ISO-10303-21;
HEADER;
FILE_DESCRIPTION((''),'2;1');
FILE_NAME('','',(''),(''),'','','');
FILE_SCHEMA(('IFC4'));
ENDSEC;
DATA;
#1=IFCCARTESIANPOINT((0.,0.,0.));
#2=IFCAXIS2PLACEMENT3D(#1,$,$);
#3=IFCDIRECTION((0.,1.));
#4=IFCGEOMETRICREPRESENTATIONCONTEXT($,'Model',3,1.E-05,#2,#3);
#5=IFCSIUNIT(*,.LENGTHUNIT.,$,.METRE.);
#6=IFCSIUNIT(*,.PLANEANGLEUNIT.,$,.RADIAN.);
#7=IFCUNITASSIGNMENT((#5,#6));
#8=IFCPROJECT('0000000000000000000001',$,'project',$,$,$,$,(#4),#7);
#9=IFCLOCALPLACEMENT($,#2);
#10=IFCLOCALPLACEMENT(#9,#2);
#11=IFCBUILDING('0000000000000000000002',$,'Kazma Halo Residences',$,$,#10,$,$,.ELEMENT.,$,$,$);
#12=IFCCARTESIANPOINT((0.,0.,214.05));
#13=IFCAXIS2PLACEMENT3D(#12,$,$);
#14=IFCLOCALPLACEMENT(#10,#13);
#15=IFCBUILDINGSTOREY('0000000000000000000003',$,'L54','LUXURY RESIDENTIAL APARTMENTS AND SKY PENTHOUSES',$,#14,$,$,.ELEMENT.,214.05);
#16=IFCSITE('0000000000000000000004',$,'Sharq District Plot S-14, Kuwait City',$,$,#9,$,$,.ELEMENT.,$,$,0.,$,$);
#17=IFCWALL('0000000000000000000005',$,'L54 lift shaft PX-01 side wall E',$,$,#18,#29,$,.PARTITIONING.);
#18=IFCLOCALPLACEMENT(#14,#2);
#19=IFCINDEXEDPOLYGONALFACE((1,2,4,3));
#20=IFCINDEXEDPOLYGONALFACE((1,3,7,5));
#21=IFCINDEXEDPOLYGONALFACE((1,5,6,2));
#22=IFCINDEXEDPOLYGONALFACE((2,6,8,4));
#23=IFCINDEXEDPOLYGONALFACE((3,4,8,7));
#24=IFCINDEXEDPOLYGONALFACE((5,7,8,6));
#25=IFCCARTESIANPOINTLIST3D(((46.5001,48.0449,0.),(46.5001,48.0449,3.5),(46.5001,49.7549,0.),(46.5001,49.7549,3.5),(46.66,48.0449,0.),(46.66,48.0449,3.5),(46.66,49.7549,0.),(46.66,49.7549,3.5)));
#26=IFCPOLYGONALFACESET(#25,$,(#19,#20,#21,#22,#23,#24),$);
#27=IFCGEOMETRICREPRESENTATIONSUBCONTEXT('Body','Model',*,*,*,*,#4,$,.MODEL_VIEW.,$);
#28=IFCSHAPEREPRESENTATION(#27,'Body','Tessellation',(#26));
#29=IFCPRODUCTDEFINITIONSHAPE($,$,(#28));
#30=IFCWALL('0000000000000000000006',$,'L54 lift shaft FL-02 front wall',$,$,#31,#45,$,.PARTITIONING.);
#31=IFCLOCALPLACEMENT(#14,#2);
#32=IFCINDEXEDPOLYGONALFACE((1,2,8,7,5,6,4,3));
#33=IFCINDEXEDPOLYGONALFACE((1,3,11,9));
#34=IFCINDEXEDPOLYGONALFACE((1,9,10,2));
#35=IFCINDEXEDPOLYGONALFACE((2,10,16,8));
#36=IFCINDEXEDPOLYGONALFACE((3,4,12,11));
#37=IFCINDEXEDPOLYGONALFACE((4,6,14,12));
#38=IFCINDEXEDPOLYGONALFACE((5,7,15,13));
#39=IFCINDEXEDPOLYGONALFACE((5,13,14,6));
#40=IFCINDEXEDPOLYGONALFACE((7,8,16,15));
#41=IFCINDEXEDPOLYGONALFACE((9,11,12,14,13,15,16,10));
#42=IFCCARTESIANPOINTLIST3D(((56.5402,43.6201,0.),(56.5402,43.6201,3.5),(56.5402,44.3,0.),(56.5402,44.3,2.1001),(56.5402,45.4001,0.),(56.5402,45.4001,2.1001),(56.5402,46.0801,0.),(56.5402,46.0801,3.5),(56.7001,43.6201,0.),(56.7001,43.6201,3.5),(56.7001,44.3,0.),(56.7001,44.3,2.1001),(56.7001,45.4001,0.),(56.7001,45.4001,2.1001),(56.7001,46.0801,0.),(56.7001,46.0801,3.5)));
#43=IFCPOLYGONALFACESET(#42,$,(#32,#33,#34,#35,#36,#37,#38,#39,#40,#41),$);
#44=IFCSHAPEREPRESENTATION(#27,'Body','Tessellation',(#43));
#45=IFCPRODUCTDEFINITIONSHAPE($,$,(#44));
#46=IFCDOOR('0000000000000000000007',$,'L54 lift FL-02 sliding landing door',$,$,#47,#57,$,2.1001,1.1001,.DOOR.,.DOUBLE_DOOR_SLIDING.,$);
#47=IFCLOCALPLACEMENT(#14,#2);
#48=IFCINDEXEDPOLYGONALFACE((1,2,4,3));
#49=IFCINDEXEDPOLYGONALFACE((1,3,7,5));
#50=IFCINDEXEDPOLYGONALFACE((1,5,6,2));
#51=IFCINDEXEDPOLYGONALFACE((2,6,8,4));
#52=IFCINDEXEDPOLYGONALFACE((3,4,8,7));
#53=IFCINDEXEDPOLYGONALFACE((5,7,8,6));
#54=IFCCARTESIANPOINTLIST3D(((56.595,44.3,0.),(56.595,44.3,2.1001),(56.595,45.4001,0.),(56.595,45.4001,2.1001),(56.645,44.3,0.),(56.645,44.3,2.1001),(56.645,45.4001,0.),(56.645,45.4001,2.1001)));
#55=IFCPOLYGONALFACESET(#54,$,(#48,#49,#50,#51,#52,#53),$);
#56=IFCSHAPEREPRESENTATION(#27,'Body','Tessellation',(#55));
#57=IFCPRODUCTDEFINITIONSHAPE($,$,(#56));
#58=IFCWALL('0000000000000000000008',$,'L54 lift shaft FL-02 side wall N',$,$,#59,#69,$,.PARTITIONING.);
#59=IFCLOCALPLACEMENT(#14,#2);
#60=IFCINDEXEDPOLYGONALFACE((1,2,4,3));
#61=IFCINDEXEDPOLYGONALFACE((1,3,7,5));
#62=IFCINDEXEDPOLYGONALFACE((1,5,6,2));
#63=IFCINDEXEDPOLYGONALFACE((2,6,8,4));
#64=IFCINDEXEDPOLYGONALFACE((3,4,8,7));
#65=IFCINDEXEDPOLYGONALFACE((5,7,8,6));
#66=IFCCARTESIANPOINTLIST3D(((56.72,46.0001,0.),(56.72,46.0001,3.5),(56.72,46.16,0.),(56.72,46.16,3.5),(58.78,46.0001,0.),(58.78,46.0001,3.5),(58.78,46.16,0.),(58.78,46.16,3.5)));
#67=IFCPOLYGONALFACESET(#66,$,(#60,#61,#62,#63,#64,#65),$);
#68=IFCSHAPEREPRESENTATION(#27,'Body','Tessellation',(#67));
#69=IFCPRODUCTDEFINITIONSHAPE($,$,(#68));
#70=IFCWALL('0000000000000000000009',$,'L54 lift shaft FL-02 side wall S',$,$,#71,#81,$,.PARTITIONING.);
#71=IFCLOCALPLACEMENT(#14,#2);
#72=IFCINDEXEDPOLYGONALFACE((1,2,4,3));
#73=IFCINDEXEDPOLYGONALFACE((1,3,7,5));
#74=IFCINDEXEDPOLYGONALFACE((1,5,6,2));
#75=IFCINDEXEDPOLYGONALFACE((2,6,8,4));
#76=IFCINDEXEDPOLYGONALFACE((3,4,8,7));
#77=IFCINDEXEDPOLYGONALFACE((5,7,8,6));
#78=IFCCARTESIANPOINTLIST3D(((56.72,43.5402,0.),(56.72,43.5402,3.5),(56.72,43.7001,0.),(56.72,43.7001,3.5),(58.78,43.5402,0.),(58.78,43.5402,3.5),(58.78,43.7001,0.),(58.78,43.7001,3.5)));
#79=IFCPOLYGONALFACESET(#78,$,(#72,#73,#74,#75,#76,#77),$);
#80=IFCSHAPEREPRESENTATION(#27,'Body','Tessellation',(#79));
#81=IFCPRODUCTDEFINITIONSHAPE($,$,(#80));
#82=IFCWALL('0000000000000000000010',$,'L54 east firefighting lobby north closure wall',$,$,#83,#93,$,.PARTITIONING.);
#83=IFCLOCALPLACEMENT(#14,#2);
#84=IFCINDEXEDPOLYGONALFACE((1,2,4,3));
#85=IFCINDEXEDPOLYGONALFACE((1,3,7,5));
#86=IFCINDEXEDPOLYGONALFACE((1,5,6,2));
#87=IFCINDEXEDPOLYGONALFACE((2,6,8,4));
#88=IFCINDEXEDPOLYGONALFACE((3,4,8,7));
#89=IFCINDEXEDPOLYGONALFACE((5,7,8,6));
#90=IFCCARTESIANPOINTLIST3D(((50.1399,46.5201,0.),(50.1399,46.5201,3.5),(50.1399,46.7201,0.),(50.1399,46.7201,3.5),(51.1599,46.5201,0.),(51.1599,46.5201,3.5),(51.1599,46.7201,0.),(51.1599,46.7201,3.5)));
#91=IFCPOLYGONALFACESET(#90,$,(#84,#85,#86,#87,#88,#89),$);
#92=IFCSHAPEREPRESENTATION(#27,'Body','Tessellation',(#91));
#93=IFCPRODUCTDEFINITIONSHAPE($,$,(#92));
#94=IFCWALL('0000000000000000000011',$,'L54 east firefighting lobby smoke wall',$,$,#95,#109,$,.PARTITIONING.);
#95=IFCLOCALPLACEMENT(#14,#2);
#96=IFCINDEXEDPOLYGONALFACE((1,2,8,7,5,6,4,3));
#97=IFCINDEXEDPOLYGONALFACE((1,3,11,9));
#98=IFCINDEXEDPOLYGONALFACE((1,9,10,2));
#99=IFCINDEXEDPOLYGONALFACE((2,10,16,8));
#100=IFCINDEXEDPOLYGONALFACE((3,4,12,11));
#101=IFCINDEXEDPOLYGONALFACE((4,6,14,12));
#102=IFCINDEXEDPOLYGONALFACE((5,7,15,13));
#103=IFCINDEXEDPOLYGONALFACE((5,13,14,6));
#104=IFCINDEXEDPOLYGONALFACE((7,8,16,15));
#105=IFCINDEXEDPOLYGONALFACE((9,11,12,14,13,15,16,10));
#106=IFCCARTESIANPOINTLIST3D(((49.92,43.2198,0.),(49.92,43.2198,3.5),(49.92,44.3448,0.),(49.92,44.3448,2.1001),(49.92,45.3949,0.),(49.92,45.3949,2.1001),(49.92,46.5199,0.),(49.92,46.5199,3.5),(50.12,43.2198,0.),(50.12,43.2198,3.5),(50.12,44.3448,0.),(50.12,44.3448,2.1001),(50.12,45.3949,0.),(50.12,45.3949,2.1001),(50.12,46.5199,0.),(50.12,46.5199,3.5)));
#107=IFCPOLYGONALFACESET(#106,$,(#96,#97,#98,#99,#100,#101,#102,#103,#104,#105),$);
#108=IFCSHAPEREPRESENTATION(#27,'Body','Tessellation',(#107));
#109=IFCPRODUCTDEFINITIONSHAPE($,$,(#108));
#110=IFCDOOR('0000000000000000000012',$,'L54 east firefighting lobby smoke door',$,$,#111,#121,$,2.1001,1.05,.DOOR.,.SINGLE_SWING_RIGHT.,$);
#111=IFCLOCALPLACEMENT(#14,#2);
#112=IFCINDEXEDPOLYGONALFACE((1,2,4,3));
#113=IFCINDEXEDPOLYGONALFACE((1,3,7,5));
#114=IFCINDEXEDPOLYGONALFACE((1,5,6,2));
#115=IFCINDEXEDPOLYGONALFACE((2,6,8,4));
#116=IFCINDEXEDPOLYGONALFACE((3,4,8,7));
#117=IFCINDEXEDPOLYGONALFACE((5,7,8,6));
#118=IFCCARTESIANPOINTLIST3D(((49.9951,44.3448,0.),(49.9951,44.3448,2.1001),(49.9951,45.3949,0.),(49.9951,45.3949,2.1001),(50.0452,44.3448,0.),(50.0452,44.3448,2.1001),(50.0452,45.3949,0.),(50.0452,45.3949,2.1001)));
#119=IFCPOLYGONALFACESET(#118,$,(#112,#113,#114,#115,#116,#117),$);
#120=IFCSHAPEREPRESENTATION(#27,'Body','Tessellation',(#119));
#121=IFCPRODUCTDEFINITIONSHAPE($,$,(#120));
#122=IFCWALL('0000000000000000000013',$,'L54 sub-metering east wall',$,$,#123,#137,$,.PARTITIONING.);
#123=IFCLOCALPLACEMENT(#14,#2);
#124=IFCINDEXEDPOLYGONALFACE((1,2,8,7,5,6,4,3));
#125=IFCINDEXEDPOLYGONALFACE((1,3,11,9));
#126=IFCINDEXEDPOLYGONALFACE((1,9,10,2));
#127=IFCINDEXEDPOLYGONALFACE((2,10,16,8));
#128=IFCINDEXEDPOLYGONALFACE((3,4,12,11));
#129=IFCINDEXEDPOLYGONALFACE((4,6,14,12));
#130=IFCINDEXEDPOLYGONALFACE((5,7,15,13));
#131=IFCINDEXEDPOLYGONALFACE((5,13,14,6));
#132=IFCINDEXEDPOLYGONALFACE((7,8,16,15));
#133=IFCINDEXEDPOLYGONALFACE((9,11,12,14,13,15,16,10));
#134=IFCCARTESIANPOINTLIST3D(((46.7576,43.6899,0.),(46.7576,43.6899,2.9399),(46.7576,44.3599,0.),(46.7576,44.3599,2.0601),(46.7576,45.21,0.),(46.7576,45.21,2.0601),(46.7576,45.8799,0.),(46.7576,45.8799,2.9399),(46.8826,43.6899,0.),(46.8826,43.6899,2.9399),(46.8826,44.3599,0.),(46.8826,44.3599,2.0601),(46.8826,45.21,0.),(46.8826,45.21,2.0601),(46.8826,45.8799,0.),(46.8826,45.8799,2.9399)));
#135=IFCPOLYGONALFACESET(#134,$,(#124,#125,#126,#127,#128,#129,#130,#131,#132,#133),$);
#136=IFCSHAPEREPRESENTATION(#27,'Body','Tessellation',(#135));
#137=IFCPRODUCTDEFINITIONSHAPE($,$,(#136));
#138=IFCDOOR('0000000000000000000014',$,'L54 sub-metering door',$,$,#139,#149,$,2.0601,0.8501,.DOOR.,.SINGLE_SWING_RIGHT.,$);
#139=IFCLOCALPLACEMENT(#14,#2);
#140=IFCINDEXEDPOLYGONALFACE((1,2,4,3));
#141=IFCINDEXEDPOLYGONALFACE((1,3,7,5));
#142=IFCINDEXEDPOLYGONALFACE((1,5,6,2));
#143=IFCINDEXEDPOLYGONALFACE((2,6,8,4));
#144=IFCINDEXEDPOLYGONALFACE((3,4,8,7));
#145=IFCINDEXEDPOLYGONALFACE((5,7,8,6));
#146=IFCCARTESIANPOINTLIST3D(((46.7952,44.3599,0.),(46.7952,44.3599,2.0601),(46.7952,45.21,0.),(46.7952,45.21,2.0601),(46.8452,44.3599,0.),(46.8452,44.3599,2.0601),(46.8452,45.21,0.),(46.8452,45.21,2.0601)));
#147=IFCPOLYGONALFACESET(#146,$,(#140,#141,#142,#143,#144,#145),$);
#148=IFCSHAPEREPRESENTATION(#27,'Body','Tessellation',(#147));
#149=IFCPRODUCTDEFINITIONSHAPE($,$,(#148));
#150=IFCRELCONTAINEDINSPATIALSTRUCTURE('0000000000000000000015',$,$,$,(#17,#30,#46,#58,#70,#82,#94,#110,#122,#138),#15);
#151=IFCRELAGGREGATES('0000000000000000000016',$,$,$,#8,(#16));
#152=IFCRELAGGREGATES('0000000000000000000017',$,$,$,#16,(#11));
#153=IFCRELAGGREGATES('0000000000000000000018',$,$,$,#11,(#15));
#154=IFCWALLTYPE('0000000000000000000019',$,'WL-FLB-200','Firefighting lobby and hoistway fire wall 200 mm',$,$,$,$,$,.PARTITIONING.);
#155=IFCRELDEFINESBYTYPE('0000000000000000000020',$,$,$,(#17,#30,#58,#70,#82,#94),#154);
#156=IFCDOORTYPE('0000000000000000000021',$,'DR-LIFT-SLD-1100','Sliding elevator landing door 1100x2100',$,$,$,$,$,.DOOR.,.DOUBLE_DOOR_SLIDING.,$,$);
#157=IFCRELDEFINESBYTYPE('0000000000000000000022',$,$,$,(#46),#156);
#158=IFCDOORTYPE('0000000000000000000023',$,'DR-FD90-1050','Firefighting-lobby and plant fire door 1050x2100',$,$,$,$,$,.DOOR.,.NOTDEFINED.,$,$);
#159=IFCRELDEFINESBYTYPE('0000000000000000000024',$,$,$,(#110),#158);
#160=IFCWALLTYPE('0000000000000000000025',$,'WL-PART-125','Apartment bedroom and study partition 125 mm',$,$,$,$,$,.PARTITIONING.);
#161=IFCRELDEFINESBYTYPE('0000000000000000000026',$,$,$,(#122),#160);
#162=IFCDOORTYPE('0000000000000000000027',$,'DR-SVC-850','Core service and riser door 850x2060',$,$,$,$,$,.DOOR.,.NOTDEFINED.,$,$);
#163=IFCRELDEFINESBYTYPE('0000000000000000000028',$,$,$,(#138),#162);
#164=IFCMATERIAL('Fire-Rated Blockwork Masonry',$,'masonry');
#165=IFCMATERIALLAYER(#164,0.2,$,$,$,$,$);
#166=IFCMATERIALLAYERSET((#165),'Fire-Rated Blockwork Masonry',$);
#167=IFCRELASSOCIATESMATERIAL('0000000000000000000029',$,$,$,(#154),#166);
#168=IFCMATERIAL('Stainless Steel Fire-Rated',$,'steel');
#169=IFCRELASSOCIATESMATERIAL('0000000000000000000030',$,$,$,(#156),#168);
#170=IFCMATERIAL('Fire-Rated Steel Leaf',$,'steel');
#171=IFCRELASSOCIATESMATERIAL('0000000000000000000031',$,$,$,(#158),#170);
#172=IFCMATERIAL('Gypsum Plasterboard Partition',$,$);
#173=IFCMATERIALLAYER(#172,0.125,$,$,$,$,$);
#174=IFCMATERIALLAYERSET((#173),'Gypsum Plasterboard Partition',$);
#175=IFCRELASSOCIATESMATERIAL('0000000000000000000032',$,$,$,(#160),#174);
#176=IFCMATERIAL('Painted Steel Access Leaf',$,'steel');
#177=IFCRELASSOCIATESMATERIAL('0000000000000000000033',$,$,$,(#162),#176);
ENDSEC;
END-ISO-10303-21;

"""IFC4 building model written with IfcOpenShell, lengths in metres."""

from ifc_helpers import new_model, si_unit, direction, frame, frame_2d, origin, place, context, subcontext, project, spatial, rectangle, extrude, material, layer, layer_set, type_object, element, fill, save


model = new_model("IFC4")

# Units and contexts
model_context = context("Model", 3, precision=1e-05, world=origin(), true_north=direction((0.0, 1.0)))
body_context = subcontext(model_context, "Body", "Model", "MODEL_VIEW")
ifc_project = project(units=[si_unit("LENGTHUNIT", "METRE"), si_unit("PLANEANGLEUNIT", "RADIAN")], contexts=[model_context])

# Site, building, storey
site_placement = place(None, origin())
site = spatial("IfcSite", under=ifc_project, at=site_placement, Name="Sharq District Plot S-14, Kuwait City", CompositionType="ELEMENT", RefElevation=0.0)
building_placement = place(site_placement, origin())
building = spatial("IfcBuilding", under=site, at=building_placement, Name="Kazma Halo Residences", CompositionType="ELEMENT")
storey_placement = place(building_placement, frame((0.0, 0.0, 214.05)))
storey = spatial("IfcBuildingStorey", under=building, at=storey_placement, Name="L54", Description="LUXURY RESIDENTIAL APARTMENTS AND SKY PENTHOUSES", CompositionType="ELEMENT", Elevation=214.05)

# Wall
ifc_material_1 = material(Name="Fire-Rated Blockwork Masonry", Category="masonry")
ifc_layer_1 = layer(ifc_material_1, 0.2)
ifc_layer_set_1 = layer_set([ifc_layer_1], Name="Fire-Rated Blockwork Masonry")
wall_type_1 = type_object("IfcWallType", Name="WL-FLB-200", Description="Firefighting lobby and hoistway fire wall 200 mm", PredefinedType="PARTITIONING", material=ifc_layer_set_1)
wall_1_placement = place(storey_placement, frame((46.5801, 48.0449, 0.0), z_axis=(0.0, 0.0, 1.0), x_axis=(0.0, 1.0, 0.0)))
element("IfcWall", 1, at=wall_1_placement, inside=storey, type_object=wall_type_1, Name="L54 lift shaft PX-01 side wall E", PredefinedType="PARTITIONING", context=body_context, shape_type="SweptSolid", body=[
    extrude(rectangle(XDim=1.71, YDim=0.1599, at=frame_2d((0.855, 0.0))), origin(), (0.0, 0.0, 1.0), 3.5),
])

# Wall, opening, door
wall_2_placement = place(storey_placement, frame((56.6201, 46.0801, 0.0), z_axis=(0.0, 0.0, 1.0), x_axis=(0.0, -1.0, 0.0)))
wall_2 = element("IfcWall", 2, at=wall_2_placement, inside=storey, type_object=wall_type_1, Name="L54 lift shaft FL-02 front wall", PredefinedType="PARTITIONING", context=body_context, shape_type="SweptSolid", body=[
    extrude(rectangle(XDim=2.46, YDim=0.1599, at=frame_2d((1.23, 0.0))), origin(), (0.0, 0.0, 1.0), 3.5),
])
opening_1_placement = place(wall_2_placement, frame((0.6799, 0.0, 0.0)))
opening_1 = element("IfcOpeningElement", 3, at=opening_1_placement, cuts=wall_2, PredefinedType="OPENING", context=body_context, shape_type="SweptSolid", body=[
    extrude(rectangle(XDim=1.1001, YDim=2.1001, at=frame_2d((0.55, 1.05))), frame((0.0, 0.0898, 0.0), z_axis=(0.0, -1.0, 0.0), x_axis=(1.0, 0.0, 0.0)), (0.0, 0.0, 1.0), 0.1799),
])
ifc_material_2 = material(Name="Stainless Steel Fire-Rated", Category="steel")
door_type_1 = type_object("IfcDoorType", Name="DR-LIFT-SLD-1100", Description="Sliding elevator landing door 1100x2100", OperationType="DOUBLE_DOOR_SLIDING", PredefinedType="DOOR", material=ifc_material_2)
door_1_placement = place(opening_1_placement, origin())
door_1 = element("IfcDoor", 4, at=door_1_placement, inside=storey, type_object=door_type_1, Name="L54 lift FL-02 sliding landing door", OperationType="DOUBLE_DOOR_SLIDING", OverallHeight=2.1001, OverallWidth=1.1001, PredefinedType="DOOR", context=body_context, shape_type="SweptSolid", body=[
    extrude(rectangle(XDim=1.1001, YDim=2.1001, at=frame_2d((0.55, 1.05))), frame((0.0, 0.0249, 0.0), z_axis=(0.0, -1.0, 0.0), x_axis=(1.0, 0.0, 0.0)), (0.0, 0.0, 1.0), 0.05),
])
fill(opening_1, door_1)

# Walls
for number, where, z_axis, x_axis, name in (
    (5, (56.72, 46.0801, 0.0), (0.0, 0.0, 1.0), (1.0, 0.0, 0.0), "L54 lift shaft FL-02 side wall N"),
    (6, (56.72, 43.6201, 0.0), (0.0, 0.0, 1.0), (1.0, 0.0, 0.0), "L54 lift shaft FL-02 side wall S"),
):
    element("IfcWall", number, at=place(storey_placement, frame(where, z_axis=z_axis, x_axis=x_axis)), inside=storey, type_object=wall_type_1, Name=name, PredefinedType="PARTITIONING", context=body_context, shape_type="SweptSolid", body=[
        extrude(rectangle(XDim=2.0601, YDim=0.1599, at=frame_2d((1.03, 0.0))), origin(), (0.0, 0.0, 1.0), 3.5),
    ])
wall_3_placement = place(storey_placement, frame((50.1399, 46.6201, 0.0), z_axis=(0.0, 0.0, 1.0), x_axis=(1.0, 0.0, 0.0)))
element("IfcWall", 7, at=wall_3_placement, inside=storey, type_object=wall_type_1, Name="L54 east firefighting lobby north closure wall", PredefinedType="PARTITIONING", context=body_context, shape_type="SweptSolid", body=[
    extrude(rectangle(XDim=1.02, YDim=0.2, at=frame_2d((0.51, 0.0))), origin(), (0.0, 0.0, 1.0), 3.5),
])

# Walls, openings, doors
wall_4_placement = place(storey_placement, frame((50.02, 43.22, 0.0), z_axis=(0.0, 0.0, 1.0), x_axis=(0.0, 1.0, 0.0)))
wall_4 = element("IfcWall", 8, at=wall_4_placement, inside=storey, type_object=wall_type_1, Name="L54 east firefighting lobby smoke wall", PredefinedType="PARTITIONING", context=body_context, shape_type="SweptSolid", body=[
    extrude(rectangle(XDim=3.3, YDim=0.2, at=frame_2d((1.6499, 0.0))), origin(), (0.0, 0.0, 1.0), 3.5),
])
opening_2_placement = place(wall_4_placement, frame((1.125, 0.0, 0.0)))
opening_2 = element("IfcOpeningElement", 9, at=opening_2_placement, cuts=wall_4, PredefinedType="OPENING", context=body_context, shape_type="SweptSolid", body=[
    extrude(rectangle(XDim=1.05, YDim=2.1001, at=frame_2d((0.5249, 1.05))), frame((0.0, 0.1099, 0.0), z_axis=(0.0, -1.0, 0.0), x_axis=(1.0, 0.0, 0.0)), (0.0, 0.0, 1.0), 0.22),
])
ifc_material_3 = material(Name="Fire-Rated Steel Leaf", Category="steel")
door_type_2 = type_object("IfcDoorType", Name="DR-FD90-1050", Description="Firefighting-lobby and plant fire door 1050x2100", OperationType="NOTDEFINED", PredefinedType="DOOR", material=ifc_material_3)
door_2_placement = place(opening_2_placement, origin())
door_2 = element("IfcDoor", 10, at=door_2_placement, inside=storey, type_object=door_type_2, Name="L54 east firefighting lobby smoke door", OperationType="SINGLE_SWING_RIGHT", OverallHeight=2.1001, OverallWidth=1.05, PredefinedType="DOOR", context=body_context, shape_type="SweptSolid", body=[
    extrude(rectangle(XDim=1.05, YDim=2.1001, at=frame_2d((0.5249, 1.05))), frame((0.0, 0.0249, 0.0), z_axis=(0.0, -1.0, 0.0), x_axis=(1.0, 0.0, 0.0)), (0.0, 0.0, 1.0), 0.05),
])
fill(opening_2, door_2)
ifc_material_4 = material(Name="Gypsum Plasterboard Partition")
ifc_layer_2 = layer(ifc_material_4, 0.125)
ifc_layer_set_2 = layer_set([ifc_layer_2], Name="Gypsum Plasterboard Partition")
wall_type_2 = type_object("IfcWallType", Name="WL-PART-125", Description="Apartment bedroom and study partition 125 mm", PredefinedType="PARTITIONING", material=ifc_layer_set_2)
wall_5_placement = place(storey_placement, frame((46.8201, 43.6899, 0.0), z_axis=(0.0, 0.0, 1.0), x_axis=(0.0, 1.0, 0.0)))
wall_5 = element("IfcWall", 11, at=wall_5_placement, inside=storey, type_object=wall_type_2, Name="L54 sub-metering east wall", PredefinedType="PARTITIONING", context=body_context, shape_type="SweptSolid", body=[
    extrude(rectangle(XDim=2.1899, YDim=0.125, at=frame_2d((1.095, 0.0))), origin(), (0.0, 0.0, 1.0), 2.9399),
])
opening_3_placement = place(wall_5_placement, frame((0.6699, 0.0, 0.0)))
opening_3 = element("IfcOpeningElement", 12, at=opening_3_placement, cuts=wall_5, PredefinedType="OPENING", context=body_context, shape_type="SweptSolid", body=[
    extrude(rectangle(XDim=0.8501, YDim=2.0601, at=frame_2d((0.425, 1.03))), frame((0.0, 0.0725, 0.0), z_axis=(0.0, -1.0, 0.0), x_axis=(1.0, 0.0, 0.0)), (0.0, 0.0, 1.0), 0.145),
])
ifc_material_5 = material(Name="Painted Steel Access Leaf", Category="steel")
door_type_3 = type_object("IfcDoorType", Name="DR-SVC-850", Description="Core service and riser door 850x2060", OperationType="NOTDEFINED", PredefinedType="DOOR", material=ifc_material_5)
door_3_placement = place(opening_3_placement, origin())
door_3 = element("IfcDoor", 13, at=door_3_placement, inside=storey, type_object=door_type_3, Name="L54 sub-metering door", OperationType="SINGLE_SWING_RIGHT", OverallHeight=2.0601, OverallWidth=0.8501, PredefinedType="DOOR", context=body_context, shape_type="SweptSolid", body=[
    extrude(rectangle(XDim=0.8501, YDim=2.0601, at=frame_2d((0.425, 1.03))), frame((0.0, 0.0249, 0.0), z_axis=(0.0, -1.0, 0.0), x_axis=(1.0, 0.0, 0.0)), (0.0, 0.0, 1.0), 0.05),
])
fill(opening_3, door_3)

save(model, "model.ifc")
